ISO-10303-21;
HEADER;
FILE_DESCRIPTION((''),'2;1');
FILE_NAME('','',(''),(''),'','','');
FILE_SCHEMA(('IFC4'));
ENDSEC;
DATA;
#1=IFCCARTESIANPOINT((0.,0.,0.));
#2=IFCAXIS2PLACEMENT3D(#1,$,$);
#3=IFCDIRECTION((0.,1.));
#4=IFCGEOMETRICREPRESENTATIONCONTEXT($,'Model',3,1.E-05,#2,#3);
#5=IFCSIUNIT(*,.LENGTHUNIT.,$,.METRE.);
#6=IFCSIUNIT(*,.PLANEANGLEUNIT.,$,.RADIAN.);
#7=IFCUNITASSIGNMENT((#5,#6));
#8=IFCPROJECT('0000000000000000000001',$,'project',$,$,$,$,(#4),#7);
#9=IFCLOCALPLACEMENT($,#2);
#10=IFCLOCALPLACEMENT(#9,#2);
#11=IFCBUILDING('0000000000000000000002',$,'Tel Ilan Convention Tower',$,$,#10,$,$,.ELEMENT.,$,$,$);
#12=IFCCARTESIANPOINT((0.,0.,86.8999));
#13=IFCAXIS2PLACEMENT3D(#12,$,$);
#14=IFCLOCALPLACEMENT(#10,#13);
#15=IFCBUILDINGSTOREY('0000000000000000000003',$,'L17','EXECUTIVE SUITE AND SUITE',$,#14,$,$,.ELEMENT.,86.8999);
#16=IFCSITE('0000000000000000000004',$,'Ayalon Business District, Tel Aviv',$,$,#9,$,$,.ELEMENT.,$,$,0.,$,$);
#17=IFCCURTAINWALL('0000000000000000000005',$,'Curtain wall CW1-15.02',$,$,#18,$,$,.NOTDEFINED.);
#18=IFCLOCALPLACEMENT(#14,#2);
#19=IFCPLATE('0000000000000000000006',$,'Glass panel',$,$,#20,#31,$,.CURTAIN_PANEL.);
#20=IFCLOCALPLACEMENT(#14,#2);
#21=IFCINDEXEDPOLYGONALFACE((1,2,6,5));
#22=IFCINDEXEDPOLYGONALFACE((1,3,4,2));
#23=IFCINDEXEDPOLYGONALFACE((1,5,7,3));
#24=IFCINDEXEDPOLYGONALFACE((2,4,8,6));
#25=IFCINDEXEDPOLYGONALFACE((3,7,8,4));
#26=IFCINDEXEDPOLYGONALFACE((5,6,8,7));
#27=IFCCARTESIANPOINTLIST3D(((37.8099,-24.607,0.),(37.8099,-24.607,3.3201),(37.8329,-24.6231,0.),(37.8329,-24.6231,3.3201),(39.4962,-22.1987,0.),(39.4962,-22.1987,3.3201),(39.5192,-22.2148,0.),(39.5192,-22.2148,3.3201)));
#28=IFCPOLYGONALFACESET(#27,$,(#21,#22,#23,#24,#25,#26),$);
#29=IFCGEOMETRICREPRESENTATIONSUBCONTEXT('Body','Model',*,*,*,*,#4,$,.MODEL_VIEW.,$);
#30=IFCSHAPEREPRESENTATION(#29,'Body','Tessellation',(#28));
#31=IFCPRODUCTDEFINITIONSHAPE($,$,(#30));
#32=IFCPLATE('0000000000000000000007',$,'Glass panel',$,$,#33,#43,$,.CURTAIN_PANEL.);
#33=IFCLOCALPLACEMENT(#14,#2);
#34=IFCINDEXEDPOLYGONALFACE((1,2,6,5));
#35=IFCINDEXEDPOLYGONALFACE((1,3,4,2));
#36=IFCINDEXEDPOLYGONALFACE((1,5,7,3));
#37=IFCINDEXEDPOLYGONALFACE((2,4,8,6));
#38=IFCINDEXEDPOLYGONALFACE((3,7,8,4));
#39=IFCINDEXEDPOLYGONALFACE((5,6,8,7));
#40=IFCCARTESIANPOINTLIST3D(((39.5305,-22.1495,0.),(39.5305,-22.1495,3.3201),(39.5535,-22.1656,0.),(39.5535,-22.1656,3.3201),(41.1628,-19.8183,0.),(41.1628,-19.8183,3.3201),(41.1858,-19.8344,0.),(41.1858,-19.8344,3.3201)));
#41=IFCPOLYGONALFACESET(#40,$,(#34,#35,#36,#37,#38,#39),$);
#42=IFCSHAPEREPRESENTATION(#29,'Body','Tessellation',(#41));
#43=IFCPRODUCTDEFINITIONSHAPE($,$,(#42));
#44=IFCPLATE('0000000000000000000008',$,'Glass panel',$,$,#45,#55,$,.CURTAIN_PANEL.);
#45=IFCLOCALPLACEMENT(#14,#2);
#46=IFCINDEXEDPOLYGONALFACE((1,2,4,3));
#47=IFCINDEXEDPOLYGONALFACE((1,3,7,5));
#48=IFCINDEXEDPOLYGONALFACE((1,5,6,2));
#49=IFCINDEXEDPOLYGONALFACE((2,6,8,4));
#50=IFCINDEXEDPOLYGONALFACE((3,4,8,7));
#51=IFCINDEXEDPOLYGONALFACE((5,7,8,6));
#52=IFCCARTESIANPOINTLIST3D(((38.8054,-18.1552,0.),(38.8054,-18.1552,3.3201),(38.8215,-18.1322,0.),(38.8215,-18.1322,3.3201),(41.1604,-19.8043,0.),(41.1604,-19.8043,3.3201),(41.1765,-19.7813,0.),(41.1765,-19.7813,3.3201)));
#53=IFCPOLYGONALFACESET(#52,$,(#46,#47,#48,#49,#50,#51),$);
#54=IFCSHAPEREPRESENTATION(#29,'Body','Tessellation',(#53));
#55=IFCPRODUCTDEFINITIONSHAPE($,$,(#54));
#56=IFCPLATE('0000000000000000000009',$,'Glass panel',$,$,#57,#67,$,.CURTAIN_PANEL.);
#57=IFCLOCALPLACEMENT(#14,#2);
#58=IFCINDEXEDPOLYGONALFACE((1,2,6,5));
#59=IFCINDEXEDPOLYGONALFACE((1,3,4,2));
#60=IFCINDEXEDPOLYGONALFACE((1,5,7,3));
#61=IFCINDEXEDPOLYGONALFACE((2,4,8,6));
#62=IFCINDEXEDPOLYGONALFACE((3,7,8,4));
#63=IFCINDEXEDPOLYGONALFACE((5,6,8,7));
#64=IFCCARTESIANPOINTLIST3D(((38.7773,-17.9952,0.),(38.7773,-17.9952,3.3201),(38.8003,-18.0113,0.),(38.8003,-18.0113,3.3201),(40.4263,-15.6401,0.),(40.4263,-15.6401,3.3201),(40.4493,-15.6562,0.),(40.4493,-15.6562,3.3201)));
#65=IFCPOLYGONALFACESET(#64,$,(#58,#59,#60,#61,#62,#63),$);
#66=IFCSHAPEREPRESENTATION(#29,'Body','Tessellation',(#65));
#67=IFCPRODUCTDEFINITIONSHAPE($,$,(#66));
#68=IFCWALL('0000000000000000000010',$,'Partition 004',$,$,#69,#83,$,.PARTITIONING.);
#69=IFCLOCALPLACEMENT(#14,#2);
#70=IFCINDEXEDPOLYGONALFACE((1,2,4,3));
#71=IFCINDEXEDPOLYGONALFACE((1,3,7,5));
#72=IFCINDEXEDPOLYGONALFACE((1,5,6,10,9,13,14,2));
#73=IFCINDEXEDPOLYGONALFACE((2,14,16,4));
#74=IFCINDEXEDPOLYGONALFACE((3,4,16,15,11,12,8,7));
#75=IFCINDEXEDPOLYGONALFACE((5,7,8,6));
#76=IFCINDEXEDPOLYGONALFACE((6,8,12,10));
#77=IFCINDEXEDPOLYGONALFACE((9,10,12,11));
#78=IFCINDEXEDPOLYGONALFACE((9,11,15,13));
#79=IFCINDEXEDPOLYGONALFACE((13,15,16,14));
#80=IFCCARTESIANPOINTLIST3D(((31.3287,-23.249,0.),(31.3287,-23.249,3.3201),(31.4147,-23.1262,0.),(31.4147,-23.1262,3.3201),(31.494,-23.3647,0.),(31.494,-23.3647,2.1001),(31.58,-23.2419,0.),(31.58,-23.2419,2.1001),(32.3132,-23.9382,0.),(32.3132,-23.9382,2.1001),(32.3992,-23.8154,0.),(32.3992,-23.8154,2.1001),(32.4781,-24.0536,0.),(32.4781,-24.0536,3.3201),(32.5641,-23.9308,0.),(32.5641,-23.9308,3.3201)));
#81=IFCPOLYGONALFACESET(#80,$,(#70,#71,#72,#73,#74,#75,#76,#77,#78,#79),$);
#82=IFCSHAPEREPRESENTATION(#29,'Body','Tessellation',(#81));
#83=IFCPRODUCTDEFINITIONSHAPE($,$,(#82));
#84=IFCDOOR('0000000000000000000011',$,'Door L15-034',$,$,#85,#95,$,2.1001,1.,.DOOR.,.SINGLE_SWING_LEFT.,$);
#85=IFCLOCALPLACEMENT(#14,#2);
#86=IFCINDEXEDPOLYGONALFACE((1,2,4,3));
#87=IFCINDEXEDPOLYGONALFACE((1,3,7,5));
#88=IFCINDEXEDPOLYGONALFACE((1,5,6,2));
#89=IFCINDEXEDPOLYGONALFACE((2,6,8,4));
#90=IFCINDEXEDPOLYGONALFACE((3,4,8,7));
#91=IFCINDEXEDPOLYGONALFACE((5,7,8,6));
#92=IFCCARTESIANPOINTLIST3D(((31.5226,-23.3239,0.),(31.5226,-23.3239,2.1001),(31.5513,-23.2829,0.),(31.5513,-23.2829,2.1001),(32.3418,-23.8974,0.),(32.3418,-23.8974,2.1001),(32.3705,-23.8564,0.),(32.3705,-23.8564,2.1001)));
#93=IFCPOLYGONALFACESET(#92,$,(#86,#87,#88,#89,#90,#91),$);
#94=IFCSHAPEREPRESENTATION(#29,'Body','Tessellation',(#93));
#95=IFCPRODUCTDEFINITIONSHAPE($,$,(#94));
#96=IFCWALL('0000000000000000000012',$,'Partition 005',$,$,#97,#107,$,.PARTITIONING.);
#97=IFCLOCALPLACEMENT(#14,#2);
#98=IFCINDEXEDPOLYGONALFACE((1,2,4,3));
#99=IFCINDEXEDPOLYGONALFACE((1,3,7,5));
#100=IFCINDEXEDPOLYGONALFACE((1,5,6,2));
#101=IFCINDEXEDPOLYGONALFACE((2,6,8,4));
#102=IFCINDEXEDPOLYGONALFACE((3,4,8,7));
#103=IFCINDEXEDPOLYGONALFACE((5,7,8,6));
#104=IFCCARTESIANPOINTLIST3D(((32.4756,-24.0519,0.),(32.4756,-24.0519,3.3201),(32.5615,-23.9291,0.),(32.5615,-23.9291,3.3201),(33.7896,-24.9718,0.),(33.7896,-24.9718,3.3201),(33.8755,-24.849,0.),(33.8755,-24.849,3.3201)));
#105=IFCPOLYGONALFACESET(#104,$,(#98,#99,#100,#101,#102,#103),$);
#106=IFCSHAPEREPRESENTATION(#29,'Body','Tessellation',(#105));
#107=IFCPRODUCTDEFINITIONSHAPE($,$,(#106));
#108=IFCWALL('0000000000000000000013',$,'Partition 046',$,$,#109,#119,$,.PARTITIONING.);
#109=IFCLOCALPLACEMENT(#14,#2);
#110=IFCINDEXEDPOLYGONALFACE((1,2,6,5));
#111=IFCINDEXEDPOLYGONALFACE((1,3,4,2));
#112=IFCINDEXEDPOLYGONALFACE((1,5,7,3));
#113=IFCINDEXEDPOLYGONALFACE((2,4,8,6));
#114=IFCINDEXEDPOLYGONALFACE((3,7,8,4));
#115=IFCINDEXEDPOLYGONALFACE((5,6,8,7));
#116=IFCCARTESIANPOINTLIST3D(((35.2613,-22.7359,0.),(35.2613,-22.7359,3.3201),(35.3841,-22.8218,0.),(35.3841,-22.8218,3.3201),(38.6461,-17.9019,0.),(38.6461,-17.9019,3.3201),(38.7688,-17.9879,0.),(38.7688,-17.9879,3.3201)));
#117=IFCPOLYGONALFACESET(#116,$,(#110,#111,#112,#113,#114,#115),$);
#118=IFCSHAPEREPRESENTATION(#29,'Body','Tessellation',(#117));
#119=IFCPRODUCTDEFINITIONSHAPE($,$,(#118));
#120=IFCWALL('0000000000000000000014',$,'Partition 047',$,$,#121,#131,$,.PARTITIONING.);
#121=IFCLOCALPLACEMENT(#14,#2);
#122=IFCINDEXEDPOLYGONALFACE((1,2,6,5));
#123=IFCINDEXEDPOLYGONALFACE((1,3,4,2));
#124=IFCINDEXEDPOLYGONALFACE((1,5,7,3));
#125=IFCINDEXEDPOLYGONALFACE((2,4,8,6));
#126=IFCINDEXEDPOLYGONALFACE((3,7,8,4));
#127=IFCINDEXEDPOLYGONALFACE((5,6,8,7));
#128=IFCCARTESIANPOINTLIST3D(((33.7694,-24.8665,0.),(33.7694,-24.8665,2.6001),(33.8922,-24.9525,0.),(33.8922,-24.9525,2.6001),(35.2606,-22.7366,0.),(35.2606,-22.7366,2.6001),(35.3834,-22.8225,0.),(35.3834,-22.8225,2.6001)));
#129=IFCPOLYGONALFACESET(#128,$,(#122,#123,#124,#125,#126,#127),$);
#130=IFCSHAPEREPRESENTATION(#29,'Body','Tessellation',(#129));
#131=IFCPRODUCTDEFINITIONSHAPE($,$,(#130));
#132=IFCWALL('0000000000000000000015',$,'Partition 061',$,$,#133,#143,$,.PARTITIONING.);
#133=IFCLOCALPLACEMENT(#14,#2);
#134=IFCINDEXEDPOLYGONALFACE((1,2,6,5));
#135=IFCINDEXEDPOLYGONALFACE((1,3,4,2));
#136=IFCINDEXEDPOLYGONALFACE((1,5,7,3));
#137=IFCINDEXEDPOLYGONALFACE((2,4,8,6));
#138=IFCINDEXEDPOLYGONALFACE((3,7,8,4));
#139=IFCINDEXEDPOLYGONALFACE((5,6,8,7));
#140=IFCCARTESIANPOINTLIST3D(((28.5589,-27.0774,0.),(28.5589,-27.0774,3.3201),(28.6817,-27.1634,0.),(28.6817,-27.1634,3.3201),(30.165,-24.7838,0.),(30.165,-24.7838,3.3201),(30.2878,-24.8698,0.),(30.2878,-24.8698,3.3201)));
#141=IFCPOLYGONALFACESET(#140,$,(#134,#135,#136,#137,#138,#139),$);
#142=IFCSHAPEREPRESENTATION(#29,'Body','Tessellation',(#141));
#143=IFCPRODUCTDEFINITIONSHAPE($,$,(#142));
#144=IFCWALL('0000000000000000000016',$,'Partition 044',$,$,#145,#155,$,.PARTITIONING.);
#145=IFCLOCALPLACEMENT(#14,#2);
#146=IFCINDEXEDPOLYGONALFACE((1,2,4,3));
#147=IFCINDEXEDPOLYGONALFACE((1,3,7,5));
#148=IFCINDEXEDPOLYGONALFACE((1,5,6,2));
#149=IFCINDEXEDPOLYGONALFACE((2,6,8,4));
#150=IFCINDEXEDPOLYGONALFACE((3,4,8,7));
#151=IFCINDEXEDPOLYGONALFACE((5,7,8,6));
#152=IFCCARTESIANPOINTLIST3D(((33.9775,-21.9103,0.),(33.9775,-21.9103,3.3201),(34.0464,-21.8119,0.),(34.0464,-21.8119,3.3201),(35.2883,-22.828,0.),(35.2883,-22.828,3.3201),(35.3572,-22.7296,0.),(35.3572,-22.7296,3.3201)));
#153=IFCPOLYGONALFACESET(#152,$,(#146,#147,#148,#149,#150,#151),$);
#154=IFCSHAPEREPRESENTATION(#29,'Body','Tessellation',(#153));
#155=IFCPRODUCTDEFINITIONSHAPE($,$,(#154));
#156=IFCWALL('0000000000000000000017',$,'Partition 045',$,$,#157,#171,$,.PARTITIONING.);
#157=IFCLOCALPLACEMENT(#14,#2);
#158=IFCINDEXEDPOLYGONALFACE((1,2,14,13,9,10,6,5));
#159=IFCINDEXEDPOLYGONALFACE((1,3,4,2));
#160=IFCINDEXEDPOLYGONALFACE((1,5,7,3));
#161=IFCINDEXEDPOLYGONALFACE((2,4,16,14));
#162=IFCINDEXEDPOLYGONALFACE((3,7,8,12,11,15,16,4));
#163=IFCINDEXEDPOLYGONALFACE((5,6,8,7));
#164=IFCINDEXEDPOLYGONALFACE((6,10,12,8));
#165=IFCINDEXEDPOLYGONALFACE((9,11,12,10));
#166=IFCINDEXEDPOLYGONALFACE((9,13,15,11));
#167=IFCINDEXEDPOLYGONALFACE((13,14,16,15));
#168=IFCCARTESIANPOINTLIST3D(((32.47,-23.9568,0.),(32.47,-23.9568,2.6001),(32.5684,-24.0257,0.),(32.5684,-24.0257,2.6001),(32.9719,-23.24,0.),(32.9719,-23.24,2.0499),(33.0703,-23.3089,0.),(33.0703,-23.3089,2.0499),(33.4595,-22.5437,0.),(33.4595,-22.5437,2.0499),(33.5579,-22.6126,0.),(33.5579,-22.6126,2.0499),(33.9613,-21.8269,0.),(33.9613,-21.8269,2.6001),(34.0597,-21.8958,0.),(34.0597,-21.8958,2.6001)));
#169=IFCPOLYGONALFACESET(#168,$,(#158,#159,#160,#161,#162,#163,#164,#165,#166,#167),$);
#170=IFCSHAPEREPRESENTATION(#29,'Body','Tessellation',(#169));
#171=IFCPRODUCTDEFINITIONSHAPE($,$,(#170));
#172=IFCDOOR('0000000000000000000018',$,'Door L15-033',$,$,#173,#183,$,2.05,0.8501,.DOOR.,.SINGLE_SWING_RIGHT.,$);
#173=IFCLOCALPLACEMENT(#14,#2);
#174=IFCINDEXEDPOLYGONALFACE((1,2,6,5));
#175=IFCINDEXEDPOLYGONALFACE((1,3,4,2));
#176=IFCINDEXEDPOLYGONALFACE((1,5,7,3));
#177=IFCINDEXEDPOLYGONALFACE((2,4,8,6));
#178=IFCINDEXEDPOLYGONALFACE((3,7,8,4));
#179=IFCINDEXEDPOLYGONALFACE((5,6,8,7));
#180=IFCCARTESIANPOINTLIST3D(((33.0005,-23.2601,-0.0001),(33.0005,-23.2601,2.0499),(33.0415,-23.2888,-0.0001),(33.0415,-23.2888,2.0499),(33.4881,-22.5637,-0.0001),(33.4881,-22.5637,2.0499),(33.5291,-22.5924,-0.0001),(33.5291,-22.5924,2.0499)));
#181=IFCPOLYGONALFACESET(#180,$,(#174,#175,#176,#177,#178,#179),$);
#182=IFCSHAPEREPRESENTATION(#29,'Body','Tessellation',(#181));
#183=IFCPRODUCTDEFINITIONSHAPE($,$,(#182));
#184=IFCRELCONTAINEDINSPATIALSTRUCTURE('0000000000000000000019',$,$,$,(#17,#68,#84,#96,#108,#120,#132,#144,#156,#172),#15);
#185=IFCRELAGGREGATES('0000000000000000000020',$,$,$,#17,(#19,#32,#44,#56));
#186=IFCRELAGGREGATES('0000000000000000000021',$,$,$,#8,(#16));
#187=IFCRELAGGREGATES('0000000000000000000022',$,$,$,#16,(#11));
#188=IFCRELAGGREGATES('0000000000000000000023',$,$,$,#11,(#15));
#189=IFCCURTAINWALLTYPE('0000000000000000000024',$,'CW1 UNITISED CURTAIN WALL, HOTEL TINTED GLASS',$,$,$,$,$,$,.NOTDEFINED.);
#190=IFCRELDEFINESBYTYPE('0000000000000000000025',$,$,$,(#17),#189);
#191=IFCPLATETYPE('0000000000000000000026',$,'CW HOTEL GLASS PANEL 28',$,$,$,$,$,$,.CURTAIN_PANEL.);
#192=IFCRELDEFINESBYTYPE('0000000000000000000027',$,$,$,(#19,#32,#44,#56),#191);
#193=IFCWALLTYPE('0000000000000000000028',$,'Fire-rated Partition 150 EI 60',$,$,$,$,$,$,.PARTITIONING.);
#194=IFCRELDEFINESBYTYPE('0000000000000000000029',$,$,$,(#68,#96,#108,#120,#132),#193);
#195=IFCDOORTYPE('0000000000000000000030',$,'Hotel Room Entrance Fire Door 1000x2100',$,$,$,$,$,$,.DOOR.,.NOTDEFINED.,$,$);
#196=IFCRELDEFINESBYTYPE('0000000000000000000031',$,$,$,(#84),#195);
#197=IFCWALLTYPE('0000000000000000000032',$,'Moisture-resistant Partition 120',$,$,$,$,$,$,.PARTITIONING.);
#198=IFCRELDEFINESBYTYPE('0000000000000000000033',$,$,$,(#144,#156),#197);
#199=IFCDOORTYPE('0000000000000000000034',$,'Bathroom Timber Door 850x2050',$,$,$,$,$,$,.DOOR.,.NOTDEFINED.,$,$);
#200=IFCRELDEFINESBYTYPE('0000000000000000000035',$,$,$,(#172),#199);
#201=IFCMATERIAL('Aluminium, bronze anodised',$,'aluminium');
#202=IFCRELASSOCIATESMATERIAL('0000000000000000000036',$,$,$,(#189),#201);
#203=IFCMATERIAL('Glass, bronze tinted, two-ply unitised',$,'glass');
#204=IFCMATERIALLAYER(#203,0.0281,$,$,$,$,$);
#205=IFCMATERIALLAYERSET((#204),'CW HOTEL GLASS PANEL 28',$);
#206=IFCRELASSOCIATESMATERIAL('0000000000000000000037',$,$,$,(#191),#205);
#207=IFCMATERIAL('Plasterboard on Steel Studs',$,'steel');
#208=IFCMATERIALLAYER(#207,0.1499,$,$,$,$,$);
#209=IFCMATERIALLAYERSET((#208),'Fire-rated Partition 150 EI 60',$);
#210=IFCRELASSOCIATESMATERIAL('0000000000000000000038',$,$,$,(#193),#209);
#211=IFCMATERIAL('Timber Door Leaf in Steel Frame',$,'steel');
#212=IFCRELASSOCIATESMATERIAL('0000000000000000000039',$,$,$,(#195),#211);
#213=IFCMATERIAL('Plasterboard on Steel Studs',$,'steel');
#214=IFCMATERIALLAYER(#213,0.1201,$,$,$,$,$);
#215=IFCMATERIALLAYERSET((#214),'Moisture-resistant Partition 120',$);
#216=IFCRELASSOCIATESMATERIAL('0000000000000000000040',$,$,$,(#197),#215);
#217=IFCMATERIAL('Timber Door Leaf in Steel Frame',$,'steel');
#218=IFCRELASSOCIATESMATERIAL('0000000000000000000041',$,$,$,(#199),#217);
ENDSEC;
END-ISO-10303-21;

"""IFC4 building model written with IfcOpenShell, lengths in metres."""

from ifc_helpers import new_model, si_unit, direction, frame, frame_2d, origin, origin_2d, place, context, subcontext, project, spatial, rectangle, extrude, material, layer, layer_set, type_object, element, fill, aggregate, save


model = new_model("IFC4")

# Units and contexts
model_context = context("Model", 3, precision=1e-05, world=origin(), true_north=direction((0.0, 1.0)))
body_context = subcontext(model_context, "Body", "Model", "MODEL_VIEW")
ifc_project = project(units=[si_unit("LENGTHUNIT", "METRE"), si_unit("PLANEANGLEUNIT", "RADIAN")], contexts=[model_context])

# Site, building, storey
site_placement = place(None, origin())
site = spatial("IfcSite", under=ifc_project, at=site_placement, Name="Ayalon Business District, Tel Aviv", CompositionType="ELEMENT", RefElevation=0.0)
building_placement = place(site_placement, origin())
building = spatial("IfcBuilding", under=site, at=building_placement, Name="Tel Ilan Convention Tower", CompositionType="ELEMENT")
storey_placement = place(building_placement, frame((0.0, 0.0, 86.8999)))
storey = spatial("IfcBuildingStorey", under=building, at=storey_placement, Name="L17", Description="EXECUTIVE SUITE AND SUITE", CompositionType="ELEMENT", Elevation=86.8999)

# Curtain wall, plates
ifc_material_1 = material(Name="Aluminium, bronze anodised", Category="aluminium")
curtain_wall_type = type_object("IfcCurtainWallType", Name="CW1 UNITISED CURTAIN WALL, HOTEL TINTED GLASS", PredefinedType="NOTDEFINED", material=ifc_material_1)
curtain_wall_placement = place(storey_placement, origin())
curtain_wall = element("IfcCurtainWall", 1, at=curtain_wall_placement, inside=storey, type_object=curtain_wall_type, Name="Curtain wall CW1-15.02", PredefinedType="NOTDEFINED")
ifc_material_2 = material(Name="Glass, bronze tinted, two-ply unitised", Category="glass")
ifc_layer_1 = layer(ifc_material_2, 0.0281)
ifc_layer_set_1 = layer_set([ifc_layer_1], Name="CW HOTEL GLASS PANEL 28")
plate_type = type_object("IfcPlateType", Name="CW HOTEL GLASS PANEL 28", PredefinedType="CURTAIN_PANEL", material=ifc_layer_set_1)
plate_1_placement = place(storey_placement, frame((38.6646, -23.4109, 0.0), z_axis=(0.0, 0.0, 1.0), x_axis=(0.573576, 0.819152, 0.0)))
plate_1 = element("IfcPlate", 2, at=plate_1_placement, type_object=plate_type, Name="Glass panel", PredefinedType="CURTAIN_PANEL", context=body_context, shape_type="SweptSolid", body=[
    extrude(rectangle(XDim=2.9399, YDim=0.0281, at=origin_2d()), origin(), (0.0, 0.0, 1.0), 3.3201),
])
plate_2_placement = place(storey_placement, frame((40.3582, -20.9919, 0.0), z_axis=(0.0, 0.0, 1.0), x_axis=(0.573576, 0.819152, 0.0)))
plate_2 = element("IfcPlate", 3, at=plate_2_placement, type_object=plate_type, Name="Glass panel", PredefinedType="CURTAIN_PANEL", context=body_context, shape_type="SweptSolid", body=[
    extrude(rectangle(XDim=2.8459, YDim=0.0281, at=origin_2d()), origin(), (0.0, 0.0, 1.0), 3.3201),
])
plate_3_placement = place(storey_placement, frame((39.991, -18.9683, 0.0), z_axis=(0.0, 0.0, 1.0), x_axis=(-0.819152, 0.573576, 0.0)))
plate_3 = element("IfcPlate", 4, at=plate_3_placement, type_object=plate_type, Name="Glass panel", PredefinedType="CURTAIN_PANEL", context=body_context, shape_type="SweptSolid", body=[
    extrude(rectangle(XDim=2.875, YDim=0.0281, at=origin_2d()), origin(), (0.0, 0.0, 1.0), 3.3201),
])
plate_4_placement = place(storey_placement, frame((39.6133, -16.8257, 0.0), z_axis=(0.0, 0.0, 1.0), x_axis=(0.573576, 0.819152, 0.0)))
plate_4 = element("IfcPlate", 5, at=plate_4_placement, type_object=plate_type, Name="Glass panel", PredefinedType="CURTAIN_PANEL", context=body_context, shape_type="SweptSolid", body=[
    extrude(rectangle(XDim=2.875, YDim=0.0281, at=origin_2d()), origin(), (0.0, 0.0, 1.0), 3.3201),
])
aggregate(curtain_wall, [plate_1, plate_2, plate_3, plate_4])

# Wall, opening, door
ifc_material_3 = material(Name="Plasterboard on Steel Studs", Category="steel")
ifc_layer_2 = layer(ifc_material_3, 0.1499)
ifc_layer_set_2 = layer_set([ifc_layer_2], Name="Fire-rated Partition 150 EI 60")
wall_type_1 = type_object("IfcWallType", Name="Fire-rated Partition 150 EI 60", PredefinedType="PARTITIONING", material=ifc_layer_set_2)
wall_1_placement = place(storey_placement, frame((31.3716, -23.1875, 0.0), z_axis=(0.0, 0.0, 1.0), x_axis=(0.819199, -0.573509, 0.0)))
wall_1 = element("IfcWall", 6, at=wall_1_placement, inside=storey, type_object=wall_type_1, Name="Partition 004", PredefinedType="PARTITIONING", context=body_context, shape_type="SweptSolid", body=[
    extrude(rectangle(XDim=1.4031, YDim=0.1499, at=frame_2d((0.7017, 0.0))), origin(), (0.0, 0.0, 1.0), 3.3201),
])
opening_1_placement = place(wall_1_placement, frame((0.2019, 0.0, 0.0)))
opening_1 = element("IfcOpeningElement", 7, at=opening_1_placement, cuts=wall_1, PredefinedType="OPENING", context=body_context, shape_type="SweptSolid", body=[
    extrude(rectangle(XDim=1.0, YDim=2.1001, at=frame_2d((0.5, 1.05))), frame((0.0, 0.085, 0.0), z_axis=(0.0, -1.0, 0.0), x_axis=(1.0, 0.0, 0.0)), (0.0, 0.0, 1.0), 0.1699),
])
ifc_material_4 = material(Name="Timber Door Leaf in Steel Frame", Category="steel")
door_type_1 = type_object("IfcDoorType", Name="Hotel Room Entrance Fire Door 1000x2100", OperationType="NOTDEFINED", PredefinedType="DOOR", material=ifc_material_4)
door_1_placement = place(opening_1_placement, origin())
door_1 = element("IfcDoor", 8, at=door_1_placement, inside=storey, type_object=door_type_1, Name="Door L15-034", OperationType="SINGLE_SWING_LEFT", OverallHeight=2.1001, OverallWidth=1.0, PredefinedType="DOOR", context=body_context, shape_type="SweptSolid", body=[
    extrude(rectangle(XDim=1.0, YDim=2.1001, at=frame_2d((0.5, 1.05))), frame((0.0, 0.0249, 0.0), z_axis=(0.0, -1.0, 0.0), x_axis=(1.0, 0.0, 0.0)), (0.0, 0.0, 1.0), 0.05),
])
fill(opening_1, door_1)

# Walls
wall_2_placement = place(storey_placement, frame((32.5186, -23.9905, 0.0), z_axis=(0.0, 0.0, 1.0), x_axis=(0.819189, -0.573524, 0.0)))
element("IfcWall", 9, at=wall_2_placement, inside=storey, type_object=wall_type_1, Name="Partition 005", PredefinedType="PARTITIONING", context=body_context, shape_type="SweptSolid", body=[
    extrude(rectangle(XDim=1.604, YDim=0.1499, at=frame_2d((0.802, 0.0))), origin(), (0.0, 0.0, 1.0), 3.3201),
])
wall_3_placement = place(storey_placement, frame((38.7075, -17.9448, 0.0), z_axis=(0.0, 0.0, 1.0), x_axis=(-0.573573, -0.819154, 0.0)))
element("IfcWall", 10, at=wall_3_placement, inside=storey, type_object=wall_type_1, Name="Partition 046", PredefinedType="PARTITIONING", context=body_context, shape_type="SweptSolid", body=[
    extrude(rectangle(XDim=5.9011, YDim=0.1499, at=frame_2d((2.9507, 0.0))), origin(), (0.0, 0.0, 1.0), 3.3201),
])
wall_4_placement = place(storey_placement, frame((35.322, -22.7795, 0.0), z_axis=(0.0, 0.0, 1.0), x_axis=(-0.573538, -0.819179, 0.0)))
element("IfcWall", 11, at=wall_4_placement, inside=storey, type_object=wall_type_1, Name="Partition 047", PredefinedType="PARTITIONING", context=body_context, shape_type="SweptSolid", body=[
    extrude(rectangle(XDim=2.6001, YDim=0.1499, at=frame_2d((1.3, 0.0))), origin(), (0.0, 0.0, 1.0), 2.6001),
])
wall_5_placement = place(storey_placement, frame((30.2263, -24.8269, 0.0), z_axis=(0.0, 0.0, 1.0), x_axis=(-0.573609, -0.81913, 0.0)))
element("IfcWall", 12, at=wall_5_placement, inside=storey, type_object=wall_type_1, Name="Partition 061", PredefinedType="PARTITIONING", context=body_context, shape_type="SweptSolid", body=[
    extrude(rectangle(XDim=2.8, YDim=0.1499, at=frame_2d((1.3999, 0.0))), origin(), (0.0, 0.0, 1.0), 3.3201),
])
ifc_material_5 = material(Name="Plasterboard on Steel Studs", Category="steel")
ifc_layer_3 = layer(ifc_material_5, 0.1201)
ifc_layer_set_3 = layer_set([ifc_layer_3], Name="Moisture-resistant Partition 120")
wall_type_2 = type_object("IfcWallType", Name="Moisture-resistant Partition 120", PredefinedType="PARTITIONING", material=ifc_layer_set_3)
wall_6_placement = place(storey_placement, frame((35.3228, -22.7788, 0.0), z_axis=(0.0, 0.0, 1.0), x_axis=(-0.819182, 0.573534, 0.0)))
element("IfcWall", 13, at=wall_6_placement, inside=storey, type_object=wall_type_2, Name="Partition 044", PredefinedType="PARTITIONING", context=body_context, shape_type="SweptSolid", body=[
    extrude(rectangle(XDim=1.6001, YDim=0.1201, at=frame_2d((0.8, 0.0))), origin(), (0.0, 0.0, 1.0), 3.3201),
])

# Wall, opening, door
wall_7_placement = place(storey_placement, frame((34.0105, -21.8613, 0.0), z_axis=(0.0, 0.0, 1.0), x_axis=(-0.573538, -0.819179, 0.0)))
wall_7 = element("IfcWall", 14, at=wall_7_placement, inside=storey, type_object=wall_type_2, Name="Partition 045", PredefinedType="PARTITIONING", context=body_context, shape_type="SweptSolid", body=[
    extrude(rectangle(XDim=2.6001, YDim=0.1201, at=frame_2d((1.3, 0.0))), origin(), (0.0, 0.0, 1.0), 2.6001),
])
opening_2_placement = place(wall_7_placement, frame((0.875, 0.0, 0.0)))
opening_2 = element("IfcOpeningElement", 15, at=opening_2_placement, cuts=wall_7, PredefinedType="OPENING", context=body_context, shape_type="SweptSolid", body=[
    extrude(rectangle(XDim=0.8501, YDim=2.05, at=frame_2d((0.425, 1.0249))), frame((0.0, 0.0701, 0.0), z_axis=(0.0, -1.0, 0.0), x_axis=(1.0, 0.0, 0.0)), (0.0, 0.0, 1.0), 0.1401),
])
ifc_material_6 = material(Name="Timber Door Leaf in Steel Frame", Category="steel")
door_type_2 = type_object("IfcDoorType", Name="Bathroom Timber Door 850x2050", OperationType="NOTDEFINED", PredefinedType="DOOR", material=ifc_material_6)
door_2_placement = place(opening_2_placement, origin())
door_2 = element("IfcDoor", 16, at=door_2_placement, inside=storey, type_object=door_type_2, Name="Door L15-033", OperationType="SINGLE_SWING_RIGHT", OverallHeight=2.05, OverallWidth=0.8501, PredefinedType="DOOR", context=body_context, shape_type="SweptSolid", body=[
    extrude(rectangle(XDim=0.8501, YDim=2.05, at=frame_2d((0.425, 1.0249))), frame((0.0, 0.0249, 0.0), z_axis=(0.0, -1.0, 0.0), x_axis=(1.0, 0.0, 0.0)), (0.0, 0.0, 1.0), 0.05),
])
fill(opening_2, door_2)

save(model, "model.ifc")
